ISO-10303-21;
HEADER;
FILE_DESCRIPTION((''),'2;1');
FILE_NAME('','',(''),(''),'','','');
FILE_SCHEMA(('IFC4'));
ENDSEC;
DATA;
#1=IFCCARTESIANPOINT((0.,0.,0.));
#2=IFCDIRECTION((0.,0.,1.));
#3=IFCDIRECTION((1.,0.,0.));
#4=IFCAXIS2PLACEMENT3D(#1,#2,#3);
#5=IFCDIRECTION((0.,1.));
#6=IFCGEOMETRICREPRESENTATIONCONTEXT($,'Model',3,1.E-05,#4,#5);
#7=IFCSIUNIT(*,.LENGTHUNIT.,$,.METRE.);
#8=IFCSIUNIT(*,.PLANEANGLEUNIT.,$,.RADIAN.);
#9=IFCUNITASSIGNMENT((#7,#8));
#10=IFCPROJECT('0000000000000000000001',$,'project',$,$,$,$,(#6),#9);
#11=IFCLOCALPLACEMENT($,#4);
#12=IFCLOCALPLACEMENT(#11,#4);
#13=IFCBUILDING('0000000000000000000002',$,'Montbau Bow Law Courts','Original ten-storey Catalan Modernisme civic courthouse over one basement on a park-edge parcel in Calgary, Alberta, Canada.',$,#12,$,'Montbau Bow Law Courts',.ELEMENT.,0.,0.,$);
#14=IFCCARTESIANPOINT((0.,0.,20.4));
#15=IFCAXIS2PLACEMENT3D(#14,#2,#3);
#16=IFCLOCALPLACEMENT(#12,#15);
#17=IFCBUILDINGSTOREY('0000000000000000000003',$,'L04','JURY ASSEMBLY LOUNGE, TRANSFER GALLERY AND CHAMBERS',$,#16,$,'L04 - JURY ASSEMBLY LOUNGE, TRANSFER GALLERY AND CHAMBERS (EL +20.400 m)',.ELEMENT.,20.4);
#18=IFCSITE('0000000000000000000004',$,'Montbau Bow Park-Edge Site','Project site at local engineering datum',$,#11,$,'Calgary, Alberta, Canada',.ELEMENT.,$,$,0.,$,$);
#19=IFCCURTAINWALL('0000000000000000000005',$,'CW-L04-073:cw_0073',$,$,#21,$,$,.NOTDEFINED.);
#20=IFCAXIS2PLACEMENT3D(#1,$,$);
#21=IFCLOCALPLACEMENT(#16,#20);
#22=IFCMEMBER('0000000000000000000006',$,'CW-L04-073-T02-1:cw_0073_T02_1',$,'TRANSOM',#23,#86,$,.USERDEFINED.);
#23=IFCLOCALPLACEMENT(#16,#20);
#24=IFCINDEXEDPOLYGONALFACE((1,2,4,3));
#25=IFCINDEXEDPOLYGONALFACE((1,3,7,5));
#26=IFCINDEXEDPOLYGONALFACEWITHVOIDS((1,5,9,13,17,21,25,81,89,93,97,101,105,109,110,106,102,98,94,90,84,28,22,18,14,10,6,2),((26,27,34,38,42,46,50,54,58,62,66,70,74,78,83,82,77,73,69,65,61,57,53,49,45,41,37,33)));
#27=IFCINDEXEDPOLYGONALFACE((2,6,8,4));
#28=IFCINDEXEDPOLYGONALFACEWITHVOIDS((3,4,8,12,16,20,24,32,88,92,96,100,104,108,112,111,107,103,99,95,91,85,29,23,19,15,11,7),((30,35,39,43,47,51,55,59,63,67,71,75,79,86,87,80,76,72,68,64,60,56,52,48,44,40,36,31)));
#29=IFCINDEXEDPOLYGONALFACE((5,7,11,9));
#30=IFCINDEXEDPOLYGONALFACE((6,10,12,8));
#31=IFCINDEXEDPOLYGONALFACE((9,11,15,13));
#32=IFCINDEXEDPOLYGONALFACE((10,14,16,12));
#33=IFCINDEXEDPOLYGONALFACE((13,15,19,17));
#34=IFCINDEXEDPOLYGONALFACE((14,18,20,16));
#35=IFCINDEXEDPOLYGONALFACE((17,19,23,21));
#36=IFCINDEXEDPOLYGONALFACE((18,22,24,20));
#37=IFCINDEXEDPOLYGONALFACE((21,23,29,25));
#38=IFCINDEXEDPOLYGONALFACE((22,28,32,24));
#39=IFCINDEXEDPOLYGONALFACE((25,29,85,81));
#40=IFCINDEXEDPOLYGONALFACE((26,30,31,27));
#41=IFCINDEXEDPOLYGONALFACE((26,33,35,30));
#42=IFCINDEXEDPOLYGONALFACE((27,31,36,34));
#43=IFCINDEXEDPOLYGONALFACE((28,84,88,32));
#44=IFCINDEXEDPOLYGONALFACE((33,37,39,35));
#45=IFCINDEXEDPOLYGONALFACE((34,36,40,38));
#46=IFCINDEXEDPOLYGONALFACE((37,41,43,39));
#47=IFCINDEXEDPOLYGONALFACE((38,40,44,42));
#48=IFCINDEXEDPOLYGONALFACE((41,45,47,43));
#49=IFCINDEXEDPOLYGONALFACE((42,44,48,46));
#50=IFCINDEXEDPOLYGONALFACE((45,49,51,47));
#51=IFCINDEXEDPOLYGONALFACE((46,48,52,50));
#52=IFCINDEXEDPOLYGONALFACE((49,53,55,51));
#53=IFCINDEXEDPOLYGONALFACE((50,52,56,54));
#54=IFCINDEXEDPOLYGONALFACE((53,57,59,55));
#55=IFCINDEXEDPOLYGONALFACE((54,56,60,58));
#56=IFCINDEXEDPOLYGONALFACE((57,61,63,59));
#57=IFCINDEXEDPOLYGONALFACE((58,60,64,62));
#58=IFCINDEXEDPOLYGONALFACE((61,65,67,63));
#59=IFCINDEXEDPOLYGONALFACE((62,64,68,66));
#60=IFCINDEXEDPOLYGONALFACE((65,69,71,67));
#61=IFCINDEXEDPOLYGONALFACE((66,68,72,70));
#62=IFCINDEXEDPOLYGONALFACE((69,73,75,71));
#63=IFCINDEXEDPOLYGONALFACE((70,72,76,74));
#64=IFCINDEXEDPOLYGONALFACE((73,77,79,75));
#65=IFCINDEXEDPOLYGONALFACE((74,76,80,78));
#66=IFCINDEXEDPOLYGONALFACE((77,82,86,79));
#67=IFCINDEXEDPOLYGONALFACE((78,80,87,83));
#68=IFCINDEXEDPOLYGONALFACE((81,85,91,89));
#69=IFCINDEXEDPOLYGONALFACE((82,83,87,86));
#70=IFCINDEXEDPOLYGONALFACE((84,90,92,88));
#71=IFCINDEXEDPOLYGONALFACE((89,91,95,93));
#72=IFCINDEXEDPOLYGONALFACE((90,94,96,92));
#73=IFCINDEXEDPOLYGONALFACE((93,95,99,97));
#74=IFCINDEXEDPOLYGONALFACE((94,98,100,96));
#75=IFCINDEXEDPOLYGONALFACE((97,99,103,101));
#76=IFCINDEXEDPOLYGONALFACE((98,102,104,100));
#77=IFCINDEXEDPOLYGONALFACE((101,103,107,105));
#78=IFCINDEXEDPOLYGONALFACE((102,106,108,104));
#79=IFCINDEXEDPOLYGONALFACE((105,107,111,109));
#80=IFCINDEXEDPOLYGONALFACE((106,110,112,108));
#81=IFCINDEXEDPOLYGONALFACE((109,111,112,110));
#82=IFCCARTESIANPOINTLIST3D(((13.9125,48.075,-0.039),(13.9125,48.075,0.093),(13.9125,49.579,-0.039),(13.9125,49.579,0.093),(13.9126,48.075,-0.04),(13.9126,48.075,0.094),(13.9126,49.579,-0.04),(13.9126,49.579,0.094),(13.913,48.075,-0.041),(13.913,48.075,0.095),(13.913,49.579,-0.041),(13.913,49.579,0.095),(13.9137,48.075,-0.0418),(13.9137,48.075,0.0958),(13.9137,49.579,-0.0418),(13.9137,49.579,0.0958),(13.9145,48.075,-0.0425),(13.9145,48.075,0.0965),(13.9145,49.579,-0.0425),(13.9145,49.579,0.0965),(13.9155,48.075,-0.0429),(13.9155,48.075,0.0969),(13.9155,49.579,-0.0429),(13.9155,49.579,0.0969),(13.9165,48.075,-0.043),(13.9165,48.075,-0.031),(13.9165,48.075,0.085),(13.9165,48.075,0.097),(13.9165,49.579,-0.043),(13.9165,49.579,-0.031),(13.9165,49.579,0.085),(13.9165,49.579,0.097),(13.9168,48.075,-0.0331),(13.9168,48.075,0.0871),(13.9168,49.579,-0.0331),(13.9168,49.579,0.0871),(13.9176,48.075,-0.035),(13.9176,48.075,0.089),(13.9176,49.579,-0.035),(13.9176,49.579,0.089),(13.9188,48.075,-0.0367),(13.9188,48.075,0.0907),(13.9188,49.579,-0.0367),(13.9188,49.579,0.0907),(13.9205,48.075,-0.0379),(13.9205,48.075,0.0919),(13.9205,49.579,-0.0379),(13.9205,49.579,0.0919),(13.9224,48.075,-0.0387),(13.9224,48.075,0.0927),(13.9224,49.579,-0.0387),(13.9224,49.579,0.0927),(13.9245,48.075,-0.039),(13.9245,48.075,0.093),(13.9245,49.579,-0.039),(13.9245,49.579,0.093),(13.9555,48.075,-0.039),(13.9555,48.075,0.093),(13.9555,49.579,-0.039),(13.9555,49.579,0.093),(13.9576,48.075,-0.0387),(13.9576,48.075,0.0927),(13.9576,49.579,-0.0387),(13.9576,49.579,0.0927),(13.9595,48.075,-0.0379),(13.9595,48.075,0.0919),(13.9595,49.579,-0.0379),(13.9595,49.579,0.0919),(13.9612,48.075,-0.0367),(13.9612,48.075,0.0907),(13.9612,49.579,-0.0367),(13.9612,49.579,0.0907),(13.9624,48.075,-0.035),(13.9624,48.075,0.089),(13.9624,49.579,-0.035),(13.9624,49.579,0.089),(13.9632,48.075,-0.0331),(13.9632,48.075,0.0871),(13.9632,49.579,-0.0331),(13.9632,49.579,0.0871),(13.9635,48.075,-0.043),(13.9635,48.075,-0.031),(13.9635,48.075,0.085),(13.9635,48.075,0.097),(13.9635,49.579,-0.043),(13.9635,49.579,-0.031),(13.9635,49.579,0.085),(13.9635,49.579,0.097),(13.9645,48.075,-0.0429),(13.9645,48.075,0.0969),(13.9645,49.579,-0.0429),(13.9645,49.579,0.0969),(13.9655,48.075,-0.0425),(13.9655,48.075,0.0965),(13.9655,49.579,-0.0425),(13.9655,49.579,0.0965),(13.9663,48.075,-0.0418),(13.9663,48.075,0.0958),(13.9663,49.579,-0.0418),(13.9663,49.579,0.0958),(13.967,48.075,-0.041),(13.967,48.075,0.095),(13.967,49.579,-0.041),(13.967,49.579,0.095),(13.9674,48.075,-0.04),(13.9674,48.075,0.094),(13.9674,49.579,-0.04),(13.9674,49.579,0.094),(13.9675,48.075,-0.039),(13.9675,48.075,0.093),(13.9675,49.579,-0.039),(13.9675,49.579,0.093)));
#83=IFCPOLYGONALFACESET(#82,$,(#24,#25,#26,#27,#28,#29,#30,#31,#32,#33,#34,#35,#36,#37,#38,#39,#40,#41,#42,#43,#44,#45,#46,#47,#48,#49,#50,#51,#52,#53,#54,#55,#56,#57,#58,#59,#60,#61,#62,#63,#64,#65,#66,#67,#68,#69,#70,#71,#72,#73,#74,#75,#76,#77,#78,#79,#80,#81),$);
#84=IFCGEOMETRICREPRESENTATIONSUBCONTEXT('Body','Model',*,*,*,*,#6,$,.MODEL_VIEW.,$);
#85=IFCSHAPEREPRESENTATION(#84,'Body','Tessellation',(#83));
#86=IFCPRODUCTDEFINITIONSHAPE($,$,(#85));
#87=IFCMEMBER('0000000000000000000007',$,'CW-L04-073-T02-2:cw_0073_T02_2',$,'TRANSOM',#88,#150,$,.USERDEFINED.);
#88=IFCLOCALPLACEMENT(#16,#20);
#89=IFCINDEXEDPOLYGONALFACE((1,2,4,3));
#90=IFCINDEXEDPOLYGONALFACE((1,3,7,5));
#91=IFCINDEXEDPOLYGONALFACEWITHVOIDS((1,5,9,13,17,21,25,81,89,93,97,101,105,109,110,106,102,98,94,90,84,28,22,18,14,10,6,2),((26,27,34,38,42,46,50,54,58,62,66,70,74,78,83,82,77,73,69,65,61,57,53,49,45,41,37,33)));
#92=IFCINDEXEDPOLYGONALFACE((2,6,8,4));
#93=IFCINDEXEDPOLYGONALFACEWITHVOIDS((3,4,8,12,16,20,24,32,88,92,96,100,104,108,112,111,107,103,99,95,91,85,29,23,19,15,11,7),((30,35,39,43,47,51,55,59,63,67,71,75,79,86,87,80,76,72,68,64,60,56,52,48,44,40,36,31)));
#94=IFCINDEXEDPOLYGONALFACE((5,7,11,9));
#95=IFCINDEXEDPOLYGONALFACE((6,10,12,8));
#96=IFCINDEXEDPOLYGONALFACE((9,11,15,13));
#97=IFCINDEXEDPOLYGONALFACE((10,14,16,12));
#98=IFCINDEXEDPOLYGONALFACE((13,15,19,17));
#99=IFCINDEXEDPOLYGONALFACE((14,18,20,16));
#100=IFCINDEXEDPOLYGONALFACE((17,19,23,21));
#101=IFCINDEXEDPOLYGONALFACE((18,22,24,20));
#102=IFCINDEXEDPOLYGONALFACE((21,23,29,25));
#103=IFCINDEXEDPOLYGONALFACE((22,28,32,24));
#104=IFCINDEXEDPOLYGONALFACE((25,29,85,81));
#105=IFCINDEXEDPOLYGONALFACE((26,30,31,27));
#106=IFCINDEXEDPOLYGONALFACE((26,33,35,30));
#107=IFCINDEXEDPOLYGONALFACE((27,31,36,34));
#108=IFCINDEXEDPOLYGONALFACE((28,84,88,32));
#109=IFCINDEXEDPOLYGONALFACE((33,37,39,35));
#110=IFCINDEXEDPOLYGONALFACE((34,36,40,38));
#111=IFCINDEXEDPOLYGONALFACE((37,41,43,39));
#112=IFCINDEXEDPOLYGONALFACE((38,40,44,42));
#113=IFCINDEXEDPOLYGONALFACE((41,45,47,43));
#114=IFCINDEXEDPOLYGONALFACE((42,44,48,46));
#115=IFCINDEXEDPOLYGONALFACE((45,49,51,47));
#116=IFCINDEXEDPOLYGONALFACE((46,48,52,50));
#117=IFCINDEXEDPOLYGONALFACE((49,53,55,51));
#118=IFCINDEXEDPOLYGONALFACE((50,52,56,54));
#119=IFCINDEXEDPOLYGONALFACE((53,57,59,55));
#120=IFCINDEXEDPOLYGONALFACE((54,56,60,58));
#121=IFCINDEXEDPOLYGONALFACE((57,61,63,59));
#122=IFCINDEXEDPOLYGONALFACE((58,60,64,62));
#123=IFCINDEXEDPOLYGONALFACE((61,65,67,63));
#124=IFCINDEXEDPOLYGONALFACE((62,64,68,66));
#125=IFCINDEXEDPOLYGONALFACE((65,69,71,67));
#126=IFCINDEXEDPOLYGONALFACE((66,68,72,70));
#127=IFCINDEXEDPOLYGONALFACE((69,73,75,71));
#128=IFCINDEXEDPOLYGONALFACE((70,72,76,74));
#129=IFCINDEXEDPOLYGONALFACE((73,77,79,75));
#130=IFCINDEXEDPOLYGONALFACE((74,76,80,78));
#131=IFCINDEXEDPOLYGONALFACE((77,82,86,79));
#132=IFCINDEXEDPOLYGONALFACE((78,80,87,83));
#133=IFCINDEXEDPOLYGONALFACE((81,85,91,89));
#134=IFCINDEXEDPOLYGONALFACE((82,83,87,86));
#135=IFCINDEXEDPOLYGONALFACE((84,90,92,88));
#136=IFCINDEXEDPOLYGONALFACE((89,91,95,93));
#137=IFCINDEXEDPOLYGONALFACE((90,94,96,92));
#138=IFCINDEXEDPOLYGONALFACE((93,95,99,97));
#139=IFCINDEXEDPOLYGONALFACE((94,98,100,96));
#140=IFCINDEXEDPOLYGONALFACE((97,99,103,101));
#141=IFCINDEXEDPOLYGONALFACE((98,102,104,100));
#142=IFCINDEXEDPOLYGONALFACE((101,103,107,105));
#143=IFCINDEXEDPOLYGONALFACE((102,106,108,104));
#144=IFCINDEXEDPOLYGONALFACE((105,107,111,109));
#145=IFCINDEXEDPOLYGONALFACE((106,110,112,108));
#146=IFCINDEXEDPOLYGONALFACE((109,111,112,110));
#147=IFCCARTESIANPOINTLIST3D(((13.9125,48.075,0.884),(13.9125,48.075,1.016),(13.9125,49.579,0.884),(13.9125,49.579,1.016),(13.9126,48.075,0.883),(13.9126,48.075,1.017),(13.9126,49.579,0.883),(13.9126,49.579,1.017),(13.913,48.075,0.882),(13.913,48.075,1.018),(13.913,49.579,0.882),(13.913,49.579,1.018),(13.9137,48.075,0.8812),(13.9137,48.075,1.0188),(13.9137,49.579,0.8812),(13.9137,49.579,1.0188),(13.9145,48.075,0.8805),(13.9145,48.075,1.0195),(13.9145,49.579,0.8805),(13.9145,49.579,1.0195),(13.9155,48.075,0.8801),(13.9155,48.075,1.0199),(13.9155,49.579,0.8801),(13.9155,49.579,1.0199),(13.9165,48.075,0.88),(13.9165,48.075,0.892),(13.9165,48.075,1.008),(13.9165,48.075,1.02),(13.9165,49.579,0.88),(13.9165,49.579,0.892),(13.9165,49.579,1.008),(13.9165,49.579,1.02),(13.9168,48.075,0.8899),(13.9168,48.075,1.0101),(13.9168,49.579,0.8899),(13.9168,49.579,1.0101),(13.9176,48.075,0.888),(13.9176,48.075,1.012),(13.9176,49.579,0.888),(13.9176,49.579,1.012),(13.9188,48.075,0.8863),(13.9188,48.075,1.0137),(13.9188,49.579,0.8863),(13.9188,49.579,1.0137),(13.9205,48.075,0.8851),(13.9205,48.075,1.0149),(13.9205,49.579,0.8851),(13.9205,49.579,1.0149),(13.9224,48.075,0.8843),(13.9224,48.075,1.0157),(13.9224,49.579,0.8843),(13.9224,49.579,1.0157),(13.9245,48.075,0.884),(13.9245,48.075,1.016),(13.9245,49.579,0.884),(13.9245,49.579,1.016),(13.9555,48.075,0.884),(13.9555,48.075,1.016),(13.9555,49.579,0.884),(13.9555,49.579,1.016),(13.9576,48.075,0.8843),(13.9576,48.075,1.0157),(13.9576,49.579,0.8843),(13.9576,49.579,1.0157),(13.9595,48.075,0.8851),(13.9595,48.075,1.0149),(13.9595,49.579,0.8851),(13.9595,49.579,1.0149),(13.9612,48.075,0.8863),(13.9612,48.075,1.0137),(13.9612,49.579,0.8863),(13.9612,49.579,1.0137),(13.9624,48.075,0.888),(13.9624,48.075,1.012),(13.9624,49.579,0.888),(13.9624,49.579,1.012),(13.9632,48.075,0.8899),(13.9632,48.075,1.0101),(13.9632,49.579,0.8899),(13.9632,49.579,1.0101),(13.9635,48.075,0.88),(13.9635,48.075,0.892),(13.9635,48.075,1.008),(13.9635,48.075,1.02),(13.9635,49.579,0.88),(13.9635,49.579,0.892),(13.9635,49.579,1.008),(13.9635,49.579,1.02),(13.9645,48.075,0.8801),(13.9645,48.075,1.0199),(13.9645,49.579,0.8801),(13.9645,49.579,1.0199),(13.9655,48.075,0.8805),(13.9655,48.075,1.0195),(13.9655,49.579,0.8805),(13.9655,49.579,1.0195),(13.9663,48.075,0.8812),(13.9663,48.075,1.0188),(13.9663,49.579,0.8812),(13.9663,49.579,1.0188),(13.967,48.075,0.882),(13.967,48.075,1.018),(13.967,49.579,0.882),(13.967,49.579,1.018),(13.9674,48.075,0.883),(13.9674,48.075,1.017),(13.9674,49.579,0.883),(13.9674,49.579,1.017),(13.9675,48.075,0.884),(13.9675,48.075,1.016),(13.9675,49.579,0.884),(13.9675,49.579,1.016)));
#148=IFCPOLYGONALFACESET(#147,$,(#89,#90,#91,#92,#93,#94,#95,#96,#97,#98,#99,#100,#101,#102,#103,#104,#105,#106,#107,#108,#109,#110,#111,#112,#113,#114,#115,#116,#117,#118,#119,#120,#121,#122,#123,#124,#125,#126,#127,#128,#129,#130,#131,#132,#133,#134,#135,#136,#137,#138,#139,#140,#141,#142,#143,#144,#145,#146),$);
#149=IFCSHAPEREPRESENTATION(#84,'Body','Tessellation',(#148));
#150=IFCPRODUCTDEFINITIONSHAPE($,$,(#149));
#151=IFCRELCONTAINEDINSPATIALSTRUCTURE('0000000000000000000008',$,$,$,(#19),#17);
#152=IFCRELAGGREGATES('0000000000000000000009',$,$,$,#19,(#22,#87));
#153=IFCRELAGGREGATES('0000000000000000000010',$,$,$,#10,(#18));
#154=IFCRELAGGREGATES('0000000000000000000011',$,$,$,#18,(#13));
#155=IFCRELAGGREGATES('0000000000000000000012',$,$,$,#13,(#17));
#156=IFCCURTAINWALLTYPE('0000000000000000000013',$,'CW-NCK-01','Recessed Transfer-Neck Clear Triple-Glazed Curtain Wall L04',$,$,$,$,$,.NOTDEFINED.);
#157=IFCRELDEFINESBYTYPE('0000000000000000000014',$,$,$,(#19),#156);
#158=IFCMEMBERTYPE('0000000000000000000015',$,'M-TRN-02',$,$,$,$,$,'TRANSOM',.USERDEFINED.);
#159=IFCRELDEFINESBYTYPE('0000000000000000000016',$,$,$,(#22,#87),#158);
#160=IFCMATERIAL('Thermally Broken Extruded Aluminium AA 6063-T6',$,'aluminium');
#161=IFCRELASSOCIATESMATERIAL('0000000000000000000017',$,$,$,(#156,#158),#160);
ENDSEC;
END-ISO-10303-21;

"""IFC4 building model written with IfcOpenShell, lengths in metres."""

from ifc_helpers import new_model, si_unit, direction, frame, origin_with_axes, origin_2d_with_axis, place, context, subcontext, project, spatial, hollow_rectangle, extrude, material, material_profile, profile_set, type_object, element, aggregate, save


model = new_model("IFC4")

# Units and contexts
model_context = context("Model", 3, precision=1e-05, world=origin_with_axes(), true_north=direction((0.0, 1.0)))
body_context = subcontext(model_context, "Body", "Model", "MODEL_VIEW")
ifc_project = project(units=[si_unit("LENGTHUNIT", "METRE"), si_unit("PLANEANGLEUNIT", "RADIAN")], contexts=[model_context])

# Site, building, storey
site_placement = place(None, origin_with_axes())
site = spatial("IfcSite", under=ifc_project, at=site_placement, Name="Montbau Bow Park-Edge Site", Description="Project site at local engineering datum", LongName="Calgary, Alberta, Canada", CompositionType="ELEMENT", RefElevation=0.0)
building_placement = place(site_placement, origin_with_axes())
building = spatial("IfcBuilding", under=site, at=building_placement, Name="Montbau Bow Law Courts", Description="Original ten-storey Catalan Modernisme civic courthouse over one basement on a park-edge parcel in Calgary, Alberta, Canada.", LongName="Montbau Bow Law Courts", CompositionType="ELEMENT", ElevationOfRefHeight=0.0, ElevationOfTerrain=0.0)
storey_placement = place(building_placement, frame((0.0, 0.0, 20.4), z_axis=(0.0, 0.0, 1.0), x_axis=(1.0, 0.0, 0.0)))
storey = spatial("IfcBuildingStorey", under=building, at=storey_placement, Name="L04", Description="JURY ASSEMBLY LOUNGE, TRANSFER GALLERY AND CHAMBERS", LongName="L04 - JURY ASSEMBLY LOUNGE, TRANSFER GALLERY AND CHAMBERS (EL +20.400 m)", CompositionType="ELEMENT", Elevation=20.4)

# Shared definitions
ifc_material_1 = material(Name="Thermally Broken Extruded Aluminium AA 6063-T6", Category="aluminium")
curtain_wall_type = type_object("IfcCurtainWallType", Name="CW-NCK-01", Description="Recessed Transfer-Neck Clear Triple-Glazed Curtain Wall L04", PredefinedType="NOTDEFINED", material=ifc_material_1)

# Curtain wall, members
curtain_wall_1_placement = place(None, frame((13.94, 46.468, 20.4), z_axis=(0.0, 0.0, 1.0), x_axis=(1.0, 0.0, 0.0)))
curtain_wall_1 = element("IfcCurtainWall", 1, at=curtain_wall_1_placement, inside=storey, type_object=curtain_wall_type, Name="CW-L04-073:cw_0073", PredefinedType="NOTDEFINED")
ifc_material_profile_1 = material_profile(ifc_material_1, hollow_rectangle(XDim=0.055, YDim=0.14, WallThickness=0.004, InnerFilletRadius=0.008, OuterFilletRadius=0.004, at=origin_2d_with_axis()), Name="CWT-140X55", Category="Main", Priority=0)
ifc_profile_set_1 = profile_set([ifc_material_profile_1], Name="Thermally Broken Extruded Aluminium AA 6063-T6")
member_type_1 = type_object("IfcMemberType", Name="M-TRN-02", ElementType="TRANSOM", PredefinedType="USERDEFINED", material=ifc_profile_set_1)
member_1_placement = place(None, frame((13.94, 48.075, 20.427), z_axis=(0.0, 1.0, 0.0), x_axis=(-1.0, 0.0, 0.0)))
member_1 = element("IfcMember", 2, at=member_1_placement, type_object=member_type_1, Name="CW-L04-073-T02-1:cw_0073_T02_1", ObjectType="TRANSOM", PredefinedType="USERDEFINED", context=body_context, shape_type="SweptSolid", body=[
    extrude(hollow_rectangle(XDim=0.055, YDim=0.14, WallThickness=0.004, InnerFilletRadius=0.008, OuterFilletRadius=0.004, at=origin_2d_with_axis()), origin_with_axes(), (0.0, 0.0, 1.0), 1.504),
])
member_2_placement = place(None, frame((13.94, 48.075, 21.35), z_axis=(0.0, 1.0, 0.0), x_axis=(-1.0, 0.0, 0.0)))
member_2 = element("IfcMember", 3, at=member_2_placement, type_object=member_type_1, Name="CW-L04-073-T02-2:cw_0073_T02_2", ObjectType="TRANSOM", PredefinedType="USERDEFINED", context=body_context, shape_type="SweptSolid", body=[
    extrude(hollow_rectangle(XDim=0.055, YDim=0.14, WallThickness=0.004, InnerFilletRadius=0.008, OuterFilletRadius=0.004, at=origin_2d_with_axis()), origin_with_axes(), (0.0, 0.0, 1.0), 1.504),
])
aggregate(curtain_wall_1, [member_1, member_2])

save(model, "model.ifc")
